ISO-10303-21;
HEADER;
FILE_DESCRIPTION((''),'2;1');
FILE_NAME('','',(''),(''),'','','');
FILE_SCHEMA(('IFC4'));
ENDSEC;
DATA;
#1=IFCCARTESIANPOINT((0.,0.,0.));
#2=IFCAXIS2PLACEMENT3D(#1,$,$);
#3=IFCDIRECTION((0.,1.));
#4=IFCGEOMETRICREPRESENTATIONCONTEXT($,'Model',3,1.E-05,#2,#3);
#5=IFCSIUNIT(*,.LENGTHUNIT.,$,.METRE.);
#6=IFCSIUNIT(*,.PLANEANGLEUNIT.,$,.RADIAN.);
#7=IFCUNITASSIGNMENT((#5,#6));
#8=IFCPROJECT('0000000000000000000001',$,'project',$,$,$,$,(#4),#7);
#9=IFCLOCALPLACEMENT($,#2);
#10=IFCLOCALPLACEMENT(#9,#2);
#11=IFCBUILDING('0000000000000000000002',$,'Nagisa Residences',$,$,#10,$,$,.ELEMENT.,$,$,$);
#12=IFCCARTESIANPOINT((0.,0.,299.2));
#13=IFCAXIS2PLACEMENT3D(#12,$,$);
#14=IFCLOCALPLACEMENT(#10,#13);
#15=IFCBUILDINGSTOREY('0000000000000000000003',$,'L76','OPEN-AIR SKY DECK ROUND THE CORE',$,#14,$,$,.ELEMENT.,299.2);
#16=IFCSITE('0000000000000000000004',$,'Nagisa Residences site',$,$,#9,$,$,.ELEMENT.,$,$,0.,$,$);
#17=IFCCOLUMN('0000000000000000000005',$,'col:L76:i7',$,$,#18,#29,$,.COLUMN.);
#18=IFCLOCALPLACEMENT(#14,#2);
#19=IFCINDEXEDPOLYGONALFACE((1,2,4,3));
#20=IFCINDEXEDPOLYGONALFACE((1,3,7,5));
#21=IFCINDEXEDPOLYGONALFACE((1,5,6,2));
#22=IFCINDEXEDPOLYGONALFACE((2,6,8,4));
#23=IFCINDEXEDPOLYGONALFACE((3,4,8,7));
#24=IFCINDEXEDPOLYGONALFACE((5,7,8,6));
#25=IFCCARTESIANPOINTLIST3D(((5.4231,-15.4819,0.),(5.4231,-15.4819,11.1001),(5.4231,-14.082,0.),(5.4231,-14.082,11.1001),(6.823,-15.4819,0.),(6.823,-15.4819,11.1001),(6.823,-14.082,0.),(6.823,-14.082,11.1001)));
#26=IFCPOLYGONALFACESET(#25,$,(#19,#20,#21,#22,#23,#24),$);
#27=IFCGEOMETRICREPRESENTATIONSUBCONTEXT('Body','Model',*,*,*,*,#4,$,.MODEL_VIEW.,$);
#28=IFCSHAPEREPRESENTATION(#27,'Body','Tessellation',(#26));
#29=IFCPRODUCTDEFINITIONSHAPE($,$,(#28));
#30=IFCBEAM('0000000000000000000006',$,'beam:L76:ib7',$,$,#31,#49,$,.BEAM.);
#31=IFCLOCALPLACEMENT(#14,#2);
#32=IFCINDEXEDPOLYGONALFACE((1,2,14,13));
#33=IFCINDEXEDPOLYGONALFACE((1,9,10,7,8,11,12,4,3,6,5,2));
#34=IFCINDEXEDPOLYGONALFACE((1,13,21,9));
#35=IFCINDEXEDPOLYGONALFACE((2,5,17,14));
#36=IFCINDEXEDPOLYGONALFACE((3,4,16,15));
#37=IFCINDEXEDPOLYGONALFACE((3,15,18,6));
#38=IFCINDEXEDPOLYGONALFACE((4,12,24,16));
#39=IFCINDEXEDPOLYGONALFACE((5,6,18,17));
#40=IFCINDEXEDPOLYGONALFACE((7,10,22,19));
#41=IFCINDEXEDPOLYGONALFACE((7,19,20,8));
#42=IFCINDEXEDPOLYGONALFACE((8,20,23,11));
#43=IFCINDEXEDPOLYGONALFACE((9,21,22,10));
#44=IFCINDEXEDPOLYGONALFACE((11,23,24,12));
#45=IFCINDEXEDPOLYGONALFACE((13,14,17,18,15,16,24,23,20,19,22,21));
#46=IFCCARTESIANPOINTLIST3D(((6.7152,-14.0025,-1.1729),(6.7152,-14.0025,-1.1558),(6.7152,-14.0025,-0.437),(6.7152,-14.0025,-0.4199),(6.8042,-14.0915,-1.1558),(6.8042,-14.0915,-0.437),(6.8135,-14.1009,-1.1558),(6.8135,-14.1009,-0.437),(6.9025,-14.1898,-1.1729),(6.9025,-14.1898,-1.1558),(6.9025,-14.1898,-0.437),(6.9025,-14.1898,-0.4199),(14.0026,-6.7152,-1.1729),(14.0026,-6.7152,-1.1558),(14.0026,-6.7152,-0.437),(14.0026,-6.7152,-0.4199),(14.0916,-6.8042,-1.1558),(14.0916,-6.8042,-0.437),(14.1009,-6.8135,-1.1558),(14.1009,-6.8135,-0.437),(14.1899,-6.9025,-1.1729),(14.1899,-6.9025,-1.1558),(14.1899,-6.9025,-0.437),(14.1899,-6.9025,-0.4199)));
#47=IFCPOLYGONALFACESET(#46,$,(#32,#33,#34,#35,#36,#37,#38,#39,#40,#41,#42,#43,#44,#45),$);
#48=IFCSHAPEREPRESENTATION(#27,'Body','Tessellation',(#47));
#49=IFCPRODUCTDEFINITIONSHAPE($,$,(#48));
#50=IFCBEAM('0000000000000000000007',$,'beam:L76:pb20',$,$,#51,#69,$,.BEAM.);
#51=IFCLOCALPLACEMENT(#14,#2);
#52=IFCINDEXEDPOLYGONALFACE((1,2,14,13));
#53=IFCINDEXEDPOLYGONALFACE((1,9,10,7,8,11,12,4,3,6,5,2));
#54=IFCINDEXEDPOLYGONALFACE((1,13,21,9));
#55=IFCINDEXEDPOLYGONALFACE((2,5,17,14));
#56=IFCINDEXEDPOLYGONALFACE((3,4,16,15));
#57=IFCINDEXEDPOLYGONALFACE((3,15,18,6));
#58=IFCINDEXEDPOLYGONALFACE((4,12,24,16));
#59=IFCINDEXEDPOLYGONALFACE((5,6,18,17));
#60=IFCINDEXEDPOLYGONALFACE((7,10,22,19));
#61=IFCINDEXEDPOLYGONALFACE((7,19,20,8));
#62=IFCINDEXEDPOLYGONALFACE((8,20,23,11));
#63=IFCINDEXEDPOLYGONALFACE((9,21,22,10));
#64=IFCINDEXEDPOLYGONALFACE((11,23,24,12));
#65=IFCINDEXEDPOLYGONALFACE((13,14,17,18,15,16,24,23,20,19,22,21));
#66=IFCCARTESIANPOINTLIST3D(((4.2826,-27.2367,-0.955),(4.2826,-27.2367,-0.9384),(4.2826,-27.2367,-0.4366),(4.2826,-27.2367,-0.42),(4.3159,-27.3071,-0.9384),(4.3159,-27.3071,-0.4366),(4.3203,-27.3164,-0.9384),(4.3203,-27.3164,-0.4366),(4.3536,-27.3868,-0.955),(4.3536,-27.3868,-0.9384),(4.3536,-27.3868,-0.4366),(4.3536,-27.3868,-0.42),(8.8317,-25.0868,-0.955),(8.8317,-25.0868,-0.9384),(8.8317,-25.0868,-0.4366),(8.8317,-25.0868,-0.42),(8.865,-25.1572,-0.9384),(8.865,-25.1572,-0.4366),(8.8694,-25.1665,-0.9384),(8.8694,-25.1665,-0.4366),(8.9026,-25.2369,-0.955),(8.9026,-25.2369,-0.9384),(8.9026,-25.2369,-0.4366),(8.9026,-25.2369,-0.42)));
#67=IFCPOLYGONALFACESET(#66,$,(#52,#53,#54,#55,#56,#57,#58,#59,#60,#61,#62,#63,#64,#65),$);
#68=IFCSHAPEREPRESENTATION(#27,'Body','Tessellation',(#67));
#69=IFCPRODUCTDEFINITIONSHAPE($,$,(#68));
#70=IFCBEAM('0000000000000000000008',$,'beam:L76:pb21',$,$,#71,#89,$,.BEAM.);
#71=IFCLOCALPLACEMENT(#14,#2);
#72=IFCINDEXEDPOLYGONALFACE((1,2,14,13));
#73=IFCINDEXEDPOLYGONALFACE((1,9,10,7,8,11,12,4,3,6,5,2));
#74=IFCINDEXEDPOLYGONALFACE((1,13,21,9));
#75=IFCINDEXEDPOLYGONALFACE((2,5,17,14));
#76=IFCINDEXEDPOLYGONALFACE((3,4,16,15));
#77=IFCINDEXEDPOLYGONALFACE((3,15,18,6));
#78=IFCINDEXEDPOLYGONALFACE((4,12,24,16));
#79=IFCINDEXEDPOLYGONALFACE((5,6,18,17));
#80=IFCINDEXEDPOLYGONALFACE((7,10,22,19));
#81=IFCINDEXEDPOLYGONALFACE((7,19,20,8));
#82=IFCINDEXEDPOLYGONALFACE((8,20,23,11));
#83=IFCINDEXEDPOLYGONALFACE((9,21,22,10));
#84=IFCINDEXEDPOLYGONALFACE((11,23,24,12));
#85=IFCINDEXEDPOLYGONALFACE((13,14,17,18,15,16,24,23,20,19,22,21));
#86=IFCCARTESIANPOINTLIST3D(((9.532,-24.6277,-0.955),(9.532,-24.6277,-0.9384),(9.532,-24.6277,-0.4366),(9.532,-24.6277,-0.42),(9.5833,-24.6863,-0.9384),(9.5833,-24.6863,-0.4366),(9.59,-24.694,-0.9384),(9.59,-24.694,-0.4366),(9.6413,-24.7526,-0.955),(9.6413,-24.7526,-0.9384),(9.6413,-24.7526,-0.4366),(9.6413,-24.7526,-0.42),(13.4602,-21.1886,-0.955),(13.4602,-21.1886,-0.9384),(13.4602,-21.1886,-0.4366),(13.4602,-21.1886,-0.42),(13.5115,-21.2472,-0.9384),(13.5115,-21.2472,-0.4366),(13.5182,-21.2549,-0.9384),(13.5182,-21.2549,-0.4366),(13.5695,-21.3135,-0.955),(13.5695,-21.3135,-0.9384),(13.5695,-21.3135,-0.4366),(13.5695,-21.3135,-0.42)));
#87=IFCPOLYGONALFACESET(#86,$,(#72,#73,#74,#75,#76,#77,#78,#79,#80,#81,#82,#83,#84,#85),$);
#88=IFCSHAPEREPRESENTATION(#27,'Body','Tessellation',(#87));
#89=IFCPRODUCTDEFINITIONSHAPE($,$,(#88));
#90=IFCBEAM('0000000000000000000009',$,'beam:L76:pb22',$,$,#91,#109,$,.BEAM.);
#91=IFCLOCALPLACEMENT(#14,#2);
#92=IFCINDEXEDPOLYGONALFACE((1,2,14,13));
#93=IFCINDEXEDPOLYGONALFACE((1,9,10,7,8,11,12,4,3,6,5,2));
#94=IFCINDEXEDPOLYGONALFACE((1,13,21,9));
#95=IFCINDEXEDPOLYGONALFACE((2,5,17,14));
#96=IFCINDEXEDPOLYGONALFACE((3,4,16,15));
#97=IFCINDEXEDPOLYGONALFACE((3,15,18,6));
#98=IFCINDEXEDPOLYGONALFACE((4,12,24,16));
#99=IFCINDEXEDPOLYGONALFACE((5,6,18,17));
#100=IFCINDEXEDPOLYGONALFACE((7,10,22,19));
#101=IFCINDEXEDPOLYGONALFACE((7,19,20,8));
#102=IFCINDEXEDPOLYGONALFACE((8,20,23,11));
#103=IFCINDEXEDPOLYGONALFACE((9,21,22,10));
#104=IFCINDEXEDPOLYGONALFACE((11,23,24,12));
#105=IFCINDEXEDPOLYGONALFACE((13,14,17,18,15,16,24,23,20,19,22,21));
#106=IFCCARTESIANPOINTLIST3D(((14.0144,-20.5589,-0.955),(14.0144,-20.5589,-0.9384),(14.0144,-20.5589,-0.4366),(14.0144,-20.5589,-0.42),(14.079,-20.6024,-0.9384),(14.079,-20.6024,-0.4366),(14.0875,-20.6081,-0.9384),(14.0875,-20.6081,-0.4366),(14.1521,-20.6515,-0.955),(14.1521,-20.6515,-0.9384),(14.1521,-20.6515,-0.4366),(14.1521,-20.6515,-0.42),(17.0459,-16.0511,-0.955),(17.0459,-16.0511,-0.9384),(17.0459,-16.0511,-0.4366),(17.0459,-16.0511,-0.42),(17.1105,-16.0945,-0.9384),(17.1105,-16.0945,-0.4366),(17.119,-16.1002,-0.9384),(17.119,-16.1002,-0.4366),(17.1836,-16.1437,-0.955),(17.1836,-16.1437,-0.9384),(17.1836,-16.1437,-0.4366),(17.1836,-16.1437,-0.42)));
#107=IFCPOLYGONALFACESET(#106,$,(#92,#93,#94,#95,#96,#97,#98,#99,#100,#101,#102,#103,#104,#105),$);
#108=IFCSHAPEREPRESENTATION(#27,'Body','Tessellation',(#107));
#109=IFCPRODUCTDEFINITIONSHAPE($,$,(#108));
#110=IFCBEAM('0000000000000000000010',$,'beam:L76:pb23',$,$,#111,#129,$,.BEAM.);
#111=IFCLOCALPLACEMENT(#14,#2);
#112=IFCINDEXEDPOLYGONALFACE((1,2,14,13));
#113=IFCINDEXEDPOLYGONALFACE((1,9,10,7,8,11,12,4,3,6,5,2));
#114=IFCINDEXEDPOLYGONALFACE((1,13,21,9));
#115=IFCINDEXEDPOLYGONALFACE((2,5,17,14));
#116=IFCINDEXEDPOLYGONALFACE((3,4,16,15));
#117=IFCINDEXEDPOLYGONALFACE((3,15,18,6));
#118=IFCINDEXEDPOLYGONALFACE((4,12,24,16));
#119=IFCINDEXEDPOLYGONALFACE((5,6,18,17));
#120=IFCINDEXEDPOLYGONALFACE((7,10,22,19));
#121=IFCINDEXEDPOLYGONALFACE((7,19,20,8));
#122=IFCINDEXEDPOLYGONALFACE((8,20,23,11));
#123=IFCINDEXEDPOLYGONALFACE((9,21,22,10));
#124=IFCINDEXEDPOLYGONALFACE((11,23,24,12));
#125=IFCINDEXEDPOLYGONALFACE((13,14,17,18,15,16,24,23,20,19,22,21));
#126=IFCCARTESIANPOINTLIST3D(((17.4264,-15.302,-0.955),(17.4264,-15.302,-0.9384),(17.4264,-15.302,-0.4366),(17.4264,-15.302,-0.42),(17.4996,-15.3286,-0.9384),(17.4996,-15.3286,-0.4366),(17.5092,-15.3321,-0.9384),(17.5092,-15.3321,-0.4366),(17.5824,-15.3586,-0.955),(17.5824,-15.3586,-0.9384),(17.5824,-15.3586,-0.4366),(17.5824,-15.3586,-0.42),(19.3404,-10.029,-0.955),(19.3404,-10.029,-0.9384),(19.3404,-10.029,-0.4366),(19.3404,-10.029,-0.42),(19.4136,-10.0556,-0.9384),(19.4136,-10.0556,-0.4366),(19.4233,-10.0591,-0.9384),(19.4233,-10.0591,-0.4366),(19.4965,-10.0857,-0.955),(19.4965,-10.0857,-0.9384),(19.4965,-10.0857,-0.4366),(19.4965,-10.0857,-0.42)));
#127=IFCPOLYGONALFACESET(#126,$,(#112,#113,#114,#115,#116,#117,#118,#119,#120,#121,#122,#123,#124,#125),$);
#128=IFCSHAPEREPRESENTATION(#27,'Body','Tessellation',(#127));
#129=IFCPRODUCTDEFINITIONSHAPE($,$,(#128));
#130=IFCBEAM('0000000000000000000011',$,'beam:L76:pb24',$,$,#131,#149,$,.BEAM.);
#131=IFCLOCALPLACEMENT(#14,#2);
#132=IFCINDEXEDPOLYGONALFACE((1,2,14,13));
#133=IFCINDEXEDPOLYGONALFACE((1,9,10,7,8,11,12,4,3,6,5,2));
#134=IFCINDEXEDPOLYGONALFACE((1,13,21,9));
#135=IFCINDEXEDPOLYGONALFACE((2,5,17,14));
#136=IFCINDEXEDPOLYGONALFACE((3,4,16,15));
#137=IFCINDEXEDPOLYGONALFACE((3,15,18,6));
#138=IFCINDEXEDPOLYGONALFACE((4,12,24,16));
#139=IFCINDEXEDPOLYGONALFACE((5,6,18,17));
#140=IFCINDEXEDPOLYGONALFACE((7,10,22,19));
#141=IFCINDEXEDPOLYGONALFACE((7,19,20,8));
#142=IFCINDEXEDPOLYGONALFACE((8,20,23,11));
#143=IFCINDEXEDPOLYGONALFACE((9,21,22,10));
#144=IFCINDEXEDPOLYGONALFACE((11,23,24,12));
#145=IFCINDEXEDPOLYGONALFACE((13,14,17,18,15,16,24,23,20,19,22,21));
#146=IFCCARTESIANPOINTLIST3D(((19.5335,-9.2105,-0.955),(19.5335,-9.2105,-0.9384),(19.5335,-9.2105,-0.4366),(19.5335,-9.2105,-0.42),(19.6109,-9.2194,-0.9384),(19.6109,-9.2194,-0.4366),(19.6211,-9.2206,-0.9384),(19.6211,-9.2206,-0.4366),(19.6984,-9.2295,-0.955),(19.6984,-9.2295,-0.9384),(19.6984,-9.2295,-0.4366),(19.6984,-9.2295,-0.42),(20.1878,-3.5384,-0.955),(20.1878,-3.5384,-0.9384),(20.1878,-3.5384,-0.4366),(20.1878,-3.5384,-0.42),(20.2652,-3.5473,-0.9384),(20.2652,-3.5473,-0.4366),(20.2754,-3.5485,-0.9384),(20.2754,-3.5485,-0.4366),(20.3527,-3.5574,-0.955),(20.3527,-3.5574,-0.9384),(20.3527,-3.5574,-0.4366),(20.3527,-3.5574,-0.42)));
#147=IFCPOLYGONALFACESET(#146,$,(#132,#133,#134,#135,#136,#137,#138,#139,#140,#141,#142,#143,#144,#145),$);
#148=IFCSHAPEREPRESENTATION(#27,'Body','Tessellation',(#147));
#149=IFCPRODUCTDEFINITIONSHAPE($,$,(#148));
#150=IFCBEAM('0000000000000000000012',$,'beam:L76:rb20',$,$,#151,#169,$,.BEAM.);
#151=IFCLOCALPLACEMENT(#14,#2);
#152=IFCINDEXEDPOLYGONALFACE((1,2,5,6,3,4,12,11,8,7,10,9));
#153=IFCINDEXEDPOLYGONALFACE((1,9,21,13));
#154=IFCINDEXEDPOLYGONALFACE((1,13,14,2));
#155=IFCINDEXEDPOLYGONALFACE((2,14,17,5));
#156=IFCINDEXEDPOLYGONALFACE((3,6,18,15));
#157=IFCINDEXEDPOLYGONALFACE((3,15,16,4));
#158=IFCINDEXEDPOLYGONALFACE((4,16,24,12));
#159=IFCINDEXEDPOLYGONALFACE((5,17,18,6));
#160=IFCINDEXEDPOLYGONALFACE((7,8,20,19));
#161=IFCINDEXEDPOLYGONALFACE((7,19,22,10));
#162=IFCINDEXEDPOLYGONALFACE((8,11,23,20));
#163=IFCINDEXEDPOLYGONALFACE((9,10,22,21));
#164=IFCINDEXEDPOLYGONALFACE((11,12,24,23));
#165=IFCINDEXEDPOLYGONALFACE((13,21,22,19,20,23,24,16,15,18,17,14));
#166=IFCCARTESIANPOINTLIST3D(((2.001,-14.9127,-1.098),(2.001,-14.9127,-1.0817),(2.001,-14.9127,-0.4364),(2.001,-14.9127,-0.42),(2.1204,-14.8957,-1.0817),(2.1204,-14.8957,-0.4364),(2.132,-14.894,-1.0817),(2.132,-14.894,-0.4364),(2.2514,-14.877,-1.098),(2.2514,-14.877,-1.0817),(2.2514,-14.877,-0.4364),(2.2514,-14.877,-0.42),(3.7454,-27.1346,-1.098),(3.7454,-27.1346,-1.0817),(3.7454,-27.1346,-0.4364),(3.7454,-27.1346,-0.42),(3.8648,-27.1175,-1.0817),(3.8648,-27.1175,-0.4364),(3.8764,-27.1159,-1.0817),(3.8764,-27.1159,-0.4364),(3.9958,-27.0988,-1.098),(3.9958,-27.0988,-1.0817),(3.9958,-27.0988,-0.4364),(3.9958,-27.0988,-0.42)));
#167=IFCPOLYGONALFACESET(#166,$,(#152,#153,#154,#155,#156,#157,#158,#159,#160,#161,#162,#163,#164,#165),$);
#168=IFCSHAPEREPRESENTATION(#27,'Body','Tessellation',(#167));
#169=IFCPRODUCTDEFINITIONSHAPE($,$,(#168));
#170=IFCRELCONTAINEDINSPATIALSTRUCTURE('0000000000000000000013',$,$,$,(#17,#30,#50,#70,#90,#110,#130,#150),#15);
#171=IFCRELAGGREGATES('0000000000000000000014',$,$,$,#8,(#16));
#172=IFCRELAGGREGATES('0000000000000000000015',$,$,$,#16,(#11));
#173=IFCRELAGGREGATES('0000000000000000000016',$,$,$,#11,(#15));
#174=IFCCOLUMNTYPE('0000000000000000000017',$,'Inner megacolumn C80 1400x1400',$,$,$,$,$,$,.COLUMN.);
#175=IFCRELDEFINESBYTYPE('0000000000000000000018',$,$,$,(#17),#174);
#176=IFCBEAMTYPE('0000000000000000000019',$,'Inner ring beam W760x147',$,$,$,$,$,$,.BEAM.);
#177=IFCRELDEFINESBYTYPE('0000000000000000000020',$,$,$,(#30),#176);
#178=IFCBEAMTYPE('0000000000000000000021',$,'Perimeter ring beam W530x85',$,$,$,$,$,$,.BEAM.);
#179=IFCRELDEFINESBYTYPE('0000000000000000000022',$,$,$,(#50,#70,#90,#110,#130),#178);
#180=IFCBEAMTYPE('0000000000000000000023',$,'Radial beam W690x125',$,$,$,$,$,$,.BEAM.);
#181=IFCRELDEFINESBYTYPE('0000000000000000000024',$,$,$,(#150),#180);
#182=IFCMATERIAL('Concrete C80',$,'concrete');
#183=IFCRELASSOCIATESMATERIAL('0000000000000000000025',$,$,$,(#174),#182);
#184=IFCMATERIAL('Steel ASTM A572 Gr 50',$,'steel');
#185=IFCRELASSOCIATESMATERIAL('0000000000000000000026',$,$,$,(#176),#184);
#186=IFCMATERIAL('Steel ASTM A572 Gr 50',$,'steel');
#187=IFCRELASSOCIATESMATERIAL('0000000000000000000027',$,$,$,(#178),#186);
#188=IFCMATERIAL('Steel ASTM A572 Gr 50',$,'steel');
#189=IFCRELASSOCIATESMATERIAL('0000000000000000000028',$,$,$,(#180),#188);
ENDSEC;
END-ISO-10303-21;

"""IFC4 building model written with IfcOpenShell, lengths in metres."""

from ifc_helpers import new_model, si_unit, direction, frame, origin, origin_2d, place, context, subcontext, project, spatial, rectangle, i_section, extrude, material, material_profile, profile_set, type_object, element, save


model = new_model("IFC4")

# Units and contexts
model_context = context("Model", 3, precision=1e-05, world=origin(), true_north=direction((0.0, 1.0)))
body_context = subcontext(model_context, "Body", "Model", "MODEL_VIEW")
ifc_project = project(units=[si_unit("LENGTHUNIT", "METRE"), si_unit("PLANEANGLEUNIT", "RADIAN")], contexts=[model_context])

# Site, building, storey
site_placement = place(None, origin())
site = spatial("IfcSite", under=ifc_project, at=site_placement, Name="Nagisa Residences site", CompositionType="ELEMENT", RefElevation=0.0)
building_placement = place(site_placement, origin())
building = spatial("IfcBuilding", under=site, at=building_placement, Name="Nagisa Residences", CompositionType="ELEMENT")
storey_placement = place(building_placement, frame((0.0, 0.0, 299.2)))
storey = spatial("IfcBuildingStorey", under=building, at=storey_placement, Name="L76", Description="OPEN-AIR SKY DECK ROUND THE CORE", CompositionType="ELEMENT", Elevation=299.2)

# Column
ifc_material_1 = material(Name="Concrete C80", Category="concrete")
ifc_material_profile_1 = material_profile(ifc_material_1, rectangle(XDim=1.3999, YDim=1.3999, at=origin_2d()), Name="C80 1400x1400")
ifc_profile_set_1 = profile_set([ifc_material_profile_1], Name="Concrete C80")
column_type = type_object("IfcColumnType", Name="Inner megacolumn C80 1400x1400", PredefinedType="COLUMN", material=ifc_profile_set_1)
column_placement = place(storey_placement, frame((6.123, -14.782, 0.0), z_axis=(0.0, 0.0, 1.0), x_axis=(1.0, 0.0, 0.0)))
element("IfcColumn", 1, at=column_placement, inside=storey, type_object=column_type, Name="col:L76:i7", PredefinedType="COLUMN", context=body_context, shape_type="SweptSolid", body=[
    extrude(rectangle(XDim=1.3999, YDim=1.3999, at=origin_2d()), origin(), (0.0, 0.0, 1.0), 11.1001),
])

# Beams
ifc_material_2 = material(Name="Steel ASTM A572 Gr 50", Category="steel")
ifc_material_profile_2 = material_profile(ifc_material_2, i_section(OverallWidth=0.2649, OverallDepth=0.7529, WebThickness=0.0132, FlangeThickness=0.0171, at=origin_2d()), Name="W760x147")
ifc_profile_set_2 = profile_set([ifc_material_profile_2], Name="Steel ASTM A572 Gr 50")
beam_type_1 = type_object("IfcBeamType", Name="Inner ring beam W760x147", PredefinedType="BEAM", material=ifc_profile_set_2)
beam_1_placement = place(storey_placement, frame((6.8088, -14.0962, -0.7964), z_axis=(0.707107, 0.707107, 0.0), x_axis=(-0.707107, 0.707107, 0.0)))
element("IfcBeam", 2, at=beam_1_placement, inside=storey, type_object=beam_type_1, Name="beam:L76:ib7", PredefinedType="BEAM", context=body_context, shape_type="SweptSolid", body=[
    extrude(i_section(OverallWidth=0.2649, OverallDepth=0.7529, WebThickness=0.0132, FlangeThickness=0.0171, at=origin_2d()), origin(), (0.0, 0.0, 1.0), 10.3059),
])
ifc_material_3 = material(Name="Steel ASTM A572 Gr 50", Category="steel")
ifc_material_profile_3 = material_profile(ifc_material_3, i_section(OverallWidth=0.166, OverallDepth=0.5349, WebThickness=0.0103, FlangeThickness=0.0166, at=origin_2d()), Name="W530x85")
ifc_profile_set_3 = profile_set([ifc_material_profile_3], Name="Steel ASTM A572 Gr 50")
beam_type_2 = type_object("IfcBeamType", Name="Perimeter ring beam W530x85", PredefinedType="BEAM", material=ifc_profile_set_3)
beam_2_placement = place(storey_placement, frame((4.3181, -27.3118, -0.6875), z_axis=(0.904116, 0.427287, 0.0), x_axis=(-0.427287, 0.904116, 0.0)))
element("IfcBeam", 3, at=beam_2_placement, inside=storey, type_object=beam_type_2, Name="beam:L76:pb20", PredefinedType="BEAM", context=body_context, shape_type="SweptSolid", body=[
    extrude(i_section(OverallWidth=0.166, OverallDepth=0.5349, WebThickness=0.0103, FlangeThickness=0.0166, at=origin_2d()), origin(), (0.0, 0.0, 1.0), 5.0315),
])
beam_3_placement = place(storey_placement, frame((9.5867, -24.6902, -0.6875), z_axis=(0.752385, 0.658723, 0.0), x_axis=(-0.658723, 0.752385, 0.0)))
element("IfcBeam", 4, at=beam_3_placement, inside=storey, type_object=beam_type_2, Name="beam:L76:pb21", PredefinedType="BEAM", context=body_context, shape_type="SweptSolid", body=[
    extrude(i_section(OverallWidth=0.166, OverallDepth=0.5349, WebThickness=0.0103, FlangeThickness=0.0166, at=origin_2d()), origin(), (0.0, 0.0, 1.0), 5.2209),
])
beam_4_placement = place(storey_placement, frame((14.0833, -20.6052, -0.6875), z_axis=(0.558046, 0.82981, 0.0), x_axis=(-0.82981, 0.558046, 0.0)))
element("IfcBeam", 5, at=beam_4_placement, inside=storey, type_object=beam_type_2, Name="beam:L76:pb22", PredefinedType="BEAM", context=body_context, shape_type="SweptSolid", body=[
    extrude(i_section(OverallWidth=0.166, OverallDepth=0.5349, WebThickness=0.0103, FlangeThickness=0.0166, at=origin_2d()), origin(), (0.0, 0.0, 1.0), 5.4324),
])
beam_5_placement = place(storey_placement, frame((17.5044, -15.3303, -0.6875), z_axis=(0.341212, 0.939986, 0.0), x_axis=(-0.939986, 0.341212, 0.0)))
element("IfcBeam", 6, at=beam_5_placement, inside=storey, type_object=beam_type_2, Name="beam:L76:pb23", PredefinedType="BEAM", context=body_context, shape_type="SweptSolid", body=[
    extrude(i_section(OverallWidth=0.166, OverallDepth=0.5349, WebThickness=0.0103, FlangeThickness=0.0166, at=origin_2d()), origin(), (0.0, 0.0, 1.0), 5.6096),
])
beam_6_placement = place(storey_placement, frame((19.616, -9.22, -0.6875), z_axis=(0.114593, 0.993412, 0.0), x_axis=(-0.993412, 0.114593, 0.0)))
element("IfcBeam", 7, at=beam_6_placement, inside=storey, type_object=beam_type_2, Name="beam:L76:pb24", PredefinedType="BEAM", context=body_context, shape_type="SweptSolid", body=[
    extrude(i_section(OverallWidth=0.166, OverallDepth=0.5349, WebThickness=0.0103, FlangeThickness=0.0166, at=origin_2d()), origin(), (0.0, 0.0, 1.0), 5.7097),
])
ifc_material_4 = material(Name="Steel ASTM A572 Gr 50", Category="steel")
ifc_material_profile_4 = material_profile(ifc_material_4, i_section(OverallWidth=0.2529, OverallDepth=0.678, WebThickness=0.0117, FlangeThickness=0.0164, at=origin_2d()), Name="W690x125")
ifc_profile_set_4 = profile_set([ifc_material_profile_4], Name="Steel ASTM A572 Gr 50")
beam_type_3 = type_object("IfcBeamType", Name="Radial beam W690x125", PredefinedType="BEAM", material=ifc_profile_set_4)
beam_7_placement = place(storey_placement, frame((3.8706, -27.1167, -0.759), z_axis=(-0.141294, 0.989968, 0.0), x_axis=(-0.989968, -0.141294, 0.0)))
element("IfcBeam", 8, at=beam_7_placement, inside=storey, type_object=beam_type_3, Name="beam:L76:rb20", PredefinedType="BEAM", context=body_context, shape_type="SweptSolid", body=[
    extrude(i_section(OverallWidth=0.2529, OverallDepth=0.678, WebThickness=0.0117, FlangeThickness=0.0164, at=origin_2d()), origin(), (0.0, 0.0, 1.0), 12.3457),
])

save(model, "model.ifc")
